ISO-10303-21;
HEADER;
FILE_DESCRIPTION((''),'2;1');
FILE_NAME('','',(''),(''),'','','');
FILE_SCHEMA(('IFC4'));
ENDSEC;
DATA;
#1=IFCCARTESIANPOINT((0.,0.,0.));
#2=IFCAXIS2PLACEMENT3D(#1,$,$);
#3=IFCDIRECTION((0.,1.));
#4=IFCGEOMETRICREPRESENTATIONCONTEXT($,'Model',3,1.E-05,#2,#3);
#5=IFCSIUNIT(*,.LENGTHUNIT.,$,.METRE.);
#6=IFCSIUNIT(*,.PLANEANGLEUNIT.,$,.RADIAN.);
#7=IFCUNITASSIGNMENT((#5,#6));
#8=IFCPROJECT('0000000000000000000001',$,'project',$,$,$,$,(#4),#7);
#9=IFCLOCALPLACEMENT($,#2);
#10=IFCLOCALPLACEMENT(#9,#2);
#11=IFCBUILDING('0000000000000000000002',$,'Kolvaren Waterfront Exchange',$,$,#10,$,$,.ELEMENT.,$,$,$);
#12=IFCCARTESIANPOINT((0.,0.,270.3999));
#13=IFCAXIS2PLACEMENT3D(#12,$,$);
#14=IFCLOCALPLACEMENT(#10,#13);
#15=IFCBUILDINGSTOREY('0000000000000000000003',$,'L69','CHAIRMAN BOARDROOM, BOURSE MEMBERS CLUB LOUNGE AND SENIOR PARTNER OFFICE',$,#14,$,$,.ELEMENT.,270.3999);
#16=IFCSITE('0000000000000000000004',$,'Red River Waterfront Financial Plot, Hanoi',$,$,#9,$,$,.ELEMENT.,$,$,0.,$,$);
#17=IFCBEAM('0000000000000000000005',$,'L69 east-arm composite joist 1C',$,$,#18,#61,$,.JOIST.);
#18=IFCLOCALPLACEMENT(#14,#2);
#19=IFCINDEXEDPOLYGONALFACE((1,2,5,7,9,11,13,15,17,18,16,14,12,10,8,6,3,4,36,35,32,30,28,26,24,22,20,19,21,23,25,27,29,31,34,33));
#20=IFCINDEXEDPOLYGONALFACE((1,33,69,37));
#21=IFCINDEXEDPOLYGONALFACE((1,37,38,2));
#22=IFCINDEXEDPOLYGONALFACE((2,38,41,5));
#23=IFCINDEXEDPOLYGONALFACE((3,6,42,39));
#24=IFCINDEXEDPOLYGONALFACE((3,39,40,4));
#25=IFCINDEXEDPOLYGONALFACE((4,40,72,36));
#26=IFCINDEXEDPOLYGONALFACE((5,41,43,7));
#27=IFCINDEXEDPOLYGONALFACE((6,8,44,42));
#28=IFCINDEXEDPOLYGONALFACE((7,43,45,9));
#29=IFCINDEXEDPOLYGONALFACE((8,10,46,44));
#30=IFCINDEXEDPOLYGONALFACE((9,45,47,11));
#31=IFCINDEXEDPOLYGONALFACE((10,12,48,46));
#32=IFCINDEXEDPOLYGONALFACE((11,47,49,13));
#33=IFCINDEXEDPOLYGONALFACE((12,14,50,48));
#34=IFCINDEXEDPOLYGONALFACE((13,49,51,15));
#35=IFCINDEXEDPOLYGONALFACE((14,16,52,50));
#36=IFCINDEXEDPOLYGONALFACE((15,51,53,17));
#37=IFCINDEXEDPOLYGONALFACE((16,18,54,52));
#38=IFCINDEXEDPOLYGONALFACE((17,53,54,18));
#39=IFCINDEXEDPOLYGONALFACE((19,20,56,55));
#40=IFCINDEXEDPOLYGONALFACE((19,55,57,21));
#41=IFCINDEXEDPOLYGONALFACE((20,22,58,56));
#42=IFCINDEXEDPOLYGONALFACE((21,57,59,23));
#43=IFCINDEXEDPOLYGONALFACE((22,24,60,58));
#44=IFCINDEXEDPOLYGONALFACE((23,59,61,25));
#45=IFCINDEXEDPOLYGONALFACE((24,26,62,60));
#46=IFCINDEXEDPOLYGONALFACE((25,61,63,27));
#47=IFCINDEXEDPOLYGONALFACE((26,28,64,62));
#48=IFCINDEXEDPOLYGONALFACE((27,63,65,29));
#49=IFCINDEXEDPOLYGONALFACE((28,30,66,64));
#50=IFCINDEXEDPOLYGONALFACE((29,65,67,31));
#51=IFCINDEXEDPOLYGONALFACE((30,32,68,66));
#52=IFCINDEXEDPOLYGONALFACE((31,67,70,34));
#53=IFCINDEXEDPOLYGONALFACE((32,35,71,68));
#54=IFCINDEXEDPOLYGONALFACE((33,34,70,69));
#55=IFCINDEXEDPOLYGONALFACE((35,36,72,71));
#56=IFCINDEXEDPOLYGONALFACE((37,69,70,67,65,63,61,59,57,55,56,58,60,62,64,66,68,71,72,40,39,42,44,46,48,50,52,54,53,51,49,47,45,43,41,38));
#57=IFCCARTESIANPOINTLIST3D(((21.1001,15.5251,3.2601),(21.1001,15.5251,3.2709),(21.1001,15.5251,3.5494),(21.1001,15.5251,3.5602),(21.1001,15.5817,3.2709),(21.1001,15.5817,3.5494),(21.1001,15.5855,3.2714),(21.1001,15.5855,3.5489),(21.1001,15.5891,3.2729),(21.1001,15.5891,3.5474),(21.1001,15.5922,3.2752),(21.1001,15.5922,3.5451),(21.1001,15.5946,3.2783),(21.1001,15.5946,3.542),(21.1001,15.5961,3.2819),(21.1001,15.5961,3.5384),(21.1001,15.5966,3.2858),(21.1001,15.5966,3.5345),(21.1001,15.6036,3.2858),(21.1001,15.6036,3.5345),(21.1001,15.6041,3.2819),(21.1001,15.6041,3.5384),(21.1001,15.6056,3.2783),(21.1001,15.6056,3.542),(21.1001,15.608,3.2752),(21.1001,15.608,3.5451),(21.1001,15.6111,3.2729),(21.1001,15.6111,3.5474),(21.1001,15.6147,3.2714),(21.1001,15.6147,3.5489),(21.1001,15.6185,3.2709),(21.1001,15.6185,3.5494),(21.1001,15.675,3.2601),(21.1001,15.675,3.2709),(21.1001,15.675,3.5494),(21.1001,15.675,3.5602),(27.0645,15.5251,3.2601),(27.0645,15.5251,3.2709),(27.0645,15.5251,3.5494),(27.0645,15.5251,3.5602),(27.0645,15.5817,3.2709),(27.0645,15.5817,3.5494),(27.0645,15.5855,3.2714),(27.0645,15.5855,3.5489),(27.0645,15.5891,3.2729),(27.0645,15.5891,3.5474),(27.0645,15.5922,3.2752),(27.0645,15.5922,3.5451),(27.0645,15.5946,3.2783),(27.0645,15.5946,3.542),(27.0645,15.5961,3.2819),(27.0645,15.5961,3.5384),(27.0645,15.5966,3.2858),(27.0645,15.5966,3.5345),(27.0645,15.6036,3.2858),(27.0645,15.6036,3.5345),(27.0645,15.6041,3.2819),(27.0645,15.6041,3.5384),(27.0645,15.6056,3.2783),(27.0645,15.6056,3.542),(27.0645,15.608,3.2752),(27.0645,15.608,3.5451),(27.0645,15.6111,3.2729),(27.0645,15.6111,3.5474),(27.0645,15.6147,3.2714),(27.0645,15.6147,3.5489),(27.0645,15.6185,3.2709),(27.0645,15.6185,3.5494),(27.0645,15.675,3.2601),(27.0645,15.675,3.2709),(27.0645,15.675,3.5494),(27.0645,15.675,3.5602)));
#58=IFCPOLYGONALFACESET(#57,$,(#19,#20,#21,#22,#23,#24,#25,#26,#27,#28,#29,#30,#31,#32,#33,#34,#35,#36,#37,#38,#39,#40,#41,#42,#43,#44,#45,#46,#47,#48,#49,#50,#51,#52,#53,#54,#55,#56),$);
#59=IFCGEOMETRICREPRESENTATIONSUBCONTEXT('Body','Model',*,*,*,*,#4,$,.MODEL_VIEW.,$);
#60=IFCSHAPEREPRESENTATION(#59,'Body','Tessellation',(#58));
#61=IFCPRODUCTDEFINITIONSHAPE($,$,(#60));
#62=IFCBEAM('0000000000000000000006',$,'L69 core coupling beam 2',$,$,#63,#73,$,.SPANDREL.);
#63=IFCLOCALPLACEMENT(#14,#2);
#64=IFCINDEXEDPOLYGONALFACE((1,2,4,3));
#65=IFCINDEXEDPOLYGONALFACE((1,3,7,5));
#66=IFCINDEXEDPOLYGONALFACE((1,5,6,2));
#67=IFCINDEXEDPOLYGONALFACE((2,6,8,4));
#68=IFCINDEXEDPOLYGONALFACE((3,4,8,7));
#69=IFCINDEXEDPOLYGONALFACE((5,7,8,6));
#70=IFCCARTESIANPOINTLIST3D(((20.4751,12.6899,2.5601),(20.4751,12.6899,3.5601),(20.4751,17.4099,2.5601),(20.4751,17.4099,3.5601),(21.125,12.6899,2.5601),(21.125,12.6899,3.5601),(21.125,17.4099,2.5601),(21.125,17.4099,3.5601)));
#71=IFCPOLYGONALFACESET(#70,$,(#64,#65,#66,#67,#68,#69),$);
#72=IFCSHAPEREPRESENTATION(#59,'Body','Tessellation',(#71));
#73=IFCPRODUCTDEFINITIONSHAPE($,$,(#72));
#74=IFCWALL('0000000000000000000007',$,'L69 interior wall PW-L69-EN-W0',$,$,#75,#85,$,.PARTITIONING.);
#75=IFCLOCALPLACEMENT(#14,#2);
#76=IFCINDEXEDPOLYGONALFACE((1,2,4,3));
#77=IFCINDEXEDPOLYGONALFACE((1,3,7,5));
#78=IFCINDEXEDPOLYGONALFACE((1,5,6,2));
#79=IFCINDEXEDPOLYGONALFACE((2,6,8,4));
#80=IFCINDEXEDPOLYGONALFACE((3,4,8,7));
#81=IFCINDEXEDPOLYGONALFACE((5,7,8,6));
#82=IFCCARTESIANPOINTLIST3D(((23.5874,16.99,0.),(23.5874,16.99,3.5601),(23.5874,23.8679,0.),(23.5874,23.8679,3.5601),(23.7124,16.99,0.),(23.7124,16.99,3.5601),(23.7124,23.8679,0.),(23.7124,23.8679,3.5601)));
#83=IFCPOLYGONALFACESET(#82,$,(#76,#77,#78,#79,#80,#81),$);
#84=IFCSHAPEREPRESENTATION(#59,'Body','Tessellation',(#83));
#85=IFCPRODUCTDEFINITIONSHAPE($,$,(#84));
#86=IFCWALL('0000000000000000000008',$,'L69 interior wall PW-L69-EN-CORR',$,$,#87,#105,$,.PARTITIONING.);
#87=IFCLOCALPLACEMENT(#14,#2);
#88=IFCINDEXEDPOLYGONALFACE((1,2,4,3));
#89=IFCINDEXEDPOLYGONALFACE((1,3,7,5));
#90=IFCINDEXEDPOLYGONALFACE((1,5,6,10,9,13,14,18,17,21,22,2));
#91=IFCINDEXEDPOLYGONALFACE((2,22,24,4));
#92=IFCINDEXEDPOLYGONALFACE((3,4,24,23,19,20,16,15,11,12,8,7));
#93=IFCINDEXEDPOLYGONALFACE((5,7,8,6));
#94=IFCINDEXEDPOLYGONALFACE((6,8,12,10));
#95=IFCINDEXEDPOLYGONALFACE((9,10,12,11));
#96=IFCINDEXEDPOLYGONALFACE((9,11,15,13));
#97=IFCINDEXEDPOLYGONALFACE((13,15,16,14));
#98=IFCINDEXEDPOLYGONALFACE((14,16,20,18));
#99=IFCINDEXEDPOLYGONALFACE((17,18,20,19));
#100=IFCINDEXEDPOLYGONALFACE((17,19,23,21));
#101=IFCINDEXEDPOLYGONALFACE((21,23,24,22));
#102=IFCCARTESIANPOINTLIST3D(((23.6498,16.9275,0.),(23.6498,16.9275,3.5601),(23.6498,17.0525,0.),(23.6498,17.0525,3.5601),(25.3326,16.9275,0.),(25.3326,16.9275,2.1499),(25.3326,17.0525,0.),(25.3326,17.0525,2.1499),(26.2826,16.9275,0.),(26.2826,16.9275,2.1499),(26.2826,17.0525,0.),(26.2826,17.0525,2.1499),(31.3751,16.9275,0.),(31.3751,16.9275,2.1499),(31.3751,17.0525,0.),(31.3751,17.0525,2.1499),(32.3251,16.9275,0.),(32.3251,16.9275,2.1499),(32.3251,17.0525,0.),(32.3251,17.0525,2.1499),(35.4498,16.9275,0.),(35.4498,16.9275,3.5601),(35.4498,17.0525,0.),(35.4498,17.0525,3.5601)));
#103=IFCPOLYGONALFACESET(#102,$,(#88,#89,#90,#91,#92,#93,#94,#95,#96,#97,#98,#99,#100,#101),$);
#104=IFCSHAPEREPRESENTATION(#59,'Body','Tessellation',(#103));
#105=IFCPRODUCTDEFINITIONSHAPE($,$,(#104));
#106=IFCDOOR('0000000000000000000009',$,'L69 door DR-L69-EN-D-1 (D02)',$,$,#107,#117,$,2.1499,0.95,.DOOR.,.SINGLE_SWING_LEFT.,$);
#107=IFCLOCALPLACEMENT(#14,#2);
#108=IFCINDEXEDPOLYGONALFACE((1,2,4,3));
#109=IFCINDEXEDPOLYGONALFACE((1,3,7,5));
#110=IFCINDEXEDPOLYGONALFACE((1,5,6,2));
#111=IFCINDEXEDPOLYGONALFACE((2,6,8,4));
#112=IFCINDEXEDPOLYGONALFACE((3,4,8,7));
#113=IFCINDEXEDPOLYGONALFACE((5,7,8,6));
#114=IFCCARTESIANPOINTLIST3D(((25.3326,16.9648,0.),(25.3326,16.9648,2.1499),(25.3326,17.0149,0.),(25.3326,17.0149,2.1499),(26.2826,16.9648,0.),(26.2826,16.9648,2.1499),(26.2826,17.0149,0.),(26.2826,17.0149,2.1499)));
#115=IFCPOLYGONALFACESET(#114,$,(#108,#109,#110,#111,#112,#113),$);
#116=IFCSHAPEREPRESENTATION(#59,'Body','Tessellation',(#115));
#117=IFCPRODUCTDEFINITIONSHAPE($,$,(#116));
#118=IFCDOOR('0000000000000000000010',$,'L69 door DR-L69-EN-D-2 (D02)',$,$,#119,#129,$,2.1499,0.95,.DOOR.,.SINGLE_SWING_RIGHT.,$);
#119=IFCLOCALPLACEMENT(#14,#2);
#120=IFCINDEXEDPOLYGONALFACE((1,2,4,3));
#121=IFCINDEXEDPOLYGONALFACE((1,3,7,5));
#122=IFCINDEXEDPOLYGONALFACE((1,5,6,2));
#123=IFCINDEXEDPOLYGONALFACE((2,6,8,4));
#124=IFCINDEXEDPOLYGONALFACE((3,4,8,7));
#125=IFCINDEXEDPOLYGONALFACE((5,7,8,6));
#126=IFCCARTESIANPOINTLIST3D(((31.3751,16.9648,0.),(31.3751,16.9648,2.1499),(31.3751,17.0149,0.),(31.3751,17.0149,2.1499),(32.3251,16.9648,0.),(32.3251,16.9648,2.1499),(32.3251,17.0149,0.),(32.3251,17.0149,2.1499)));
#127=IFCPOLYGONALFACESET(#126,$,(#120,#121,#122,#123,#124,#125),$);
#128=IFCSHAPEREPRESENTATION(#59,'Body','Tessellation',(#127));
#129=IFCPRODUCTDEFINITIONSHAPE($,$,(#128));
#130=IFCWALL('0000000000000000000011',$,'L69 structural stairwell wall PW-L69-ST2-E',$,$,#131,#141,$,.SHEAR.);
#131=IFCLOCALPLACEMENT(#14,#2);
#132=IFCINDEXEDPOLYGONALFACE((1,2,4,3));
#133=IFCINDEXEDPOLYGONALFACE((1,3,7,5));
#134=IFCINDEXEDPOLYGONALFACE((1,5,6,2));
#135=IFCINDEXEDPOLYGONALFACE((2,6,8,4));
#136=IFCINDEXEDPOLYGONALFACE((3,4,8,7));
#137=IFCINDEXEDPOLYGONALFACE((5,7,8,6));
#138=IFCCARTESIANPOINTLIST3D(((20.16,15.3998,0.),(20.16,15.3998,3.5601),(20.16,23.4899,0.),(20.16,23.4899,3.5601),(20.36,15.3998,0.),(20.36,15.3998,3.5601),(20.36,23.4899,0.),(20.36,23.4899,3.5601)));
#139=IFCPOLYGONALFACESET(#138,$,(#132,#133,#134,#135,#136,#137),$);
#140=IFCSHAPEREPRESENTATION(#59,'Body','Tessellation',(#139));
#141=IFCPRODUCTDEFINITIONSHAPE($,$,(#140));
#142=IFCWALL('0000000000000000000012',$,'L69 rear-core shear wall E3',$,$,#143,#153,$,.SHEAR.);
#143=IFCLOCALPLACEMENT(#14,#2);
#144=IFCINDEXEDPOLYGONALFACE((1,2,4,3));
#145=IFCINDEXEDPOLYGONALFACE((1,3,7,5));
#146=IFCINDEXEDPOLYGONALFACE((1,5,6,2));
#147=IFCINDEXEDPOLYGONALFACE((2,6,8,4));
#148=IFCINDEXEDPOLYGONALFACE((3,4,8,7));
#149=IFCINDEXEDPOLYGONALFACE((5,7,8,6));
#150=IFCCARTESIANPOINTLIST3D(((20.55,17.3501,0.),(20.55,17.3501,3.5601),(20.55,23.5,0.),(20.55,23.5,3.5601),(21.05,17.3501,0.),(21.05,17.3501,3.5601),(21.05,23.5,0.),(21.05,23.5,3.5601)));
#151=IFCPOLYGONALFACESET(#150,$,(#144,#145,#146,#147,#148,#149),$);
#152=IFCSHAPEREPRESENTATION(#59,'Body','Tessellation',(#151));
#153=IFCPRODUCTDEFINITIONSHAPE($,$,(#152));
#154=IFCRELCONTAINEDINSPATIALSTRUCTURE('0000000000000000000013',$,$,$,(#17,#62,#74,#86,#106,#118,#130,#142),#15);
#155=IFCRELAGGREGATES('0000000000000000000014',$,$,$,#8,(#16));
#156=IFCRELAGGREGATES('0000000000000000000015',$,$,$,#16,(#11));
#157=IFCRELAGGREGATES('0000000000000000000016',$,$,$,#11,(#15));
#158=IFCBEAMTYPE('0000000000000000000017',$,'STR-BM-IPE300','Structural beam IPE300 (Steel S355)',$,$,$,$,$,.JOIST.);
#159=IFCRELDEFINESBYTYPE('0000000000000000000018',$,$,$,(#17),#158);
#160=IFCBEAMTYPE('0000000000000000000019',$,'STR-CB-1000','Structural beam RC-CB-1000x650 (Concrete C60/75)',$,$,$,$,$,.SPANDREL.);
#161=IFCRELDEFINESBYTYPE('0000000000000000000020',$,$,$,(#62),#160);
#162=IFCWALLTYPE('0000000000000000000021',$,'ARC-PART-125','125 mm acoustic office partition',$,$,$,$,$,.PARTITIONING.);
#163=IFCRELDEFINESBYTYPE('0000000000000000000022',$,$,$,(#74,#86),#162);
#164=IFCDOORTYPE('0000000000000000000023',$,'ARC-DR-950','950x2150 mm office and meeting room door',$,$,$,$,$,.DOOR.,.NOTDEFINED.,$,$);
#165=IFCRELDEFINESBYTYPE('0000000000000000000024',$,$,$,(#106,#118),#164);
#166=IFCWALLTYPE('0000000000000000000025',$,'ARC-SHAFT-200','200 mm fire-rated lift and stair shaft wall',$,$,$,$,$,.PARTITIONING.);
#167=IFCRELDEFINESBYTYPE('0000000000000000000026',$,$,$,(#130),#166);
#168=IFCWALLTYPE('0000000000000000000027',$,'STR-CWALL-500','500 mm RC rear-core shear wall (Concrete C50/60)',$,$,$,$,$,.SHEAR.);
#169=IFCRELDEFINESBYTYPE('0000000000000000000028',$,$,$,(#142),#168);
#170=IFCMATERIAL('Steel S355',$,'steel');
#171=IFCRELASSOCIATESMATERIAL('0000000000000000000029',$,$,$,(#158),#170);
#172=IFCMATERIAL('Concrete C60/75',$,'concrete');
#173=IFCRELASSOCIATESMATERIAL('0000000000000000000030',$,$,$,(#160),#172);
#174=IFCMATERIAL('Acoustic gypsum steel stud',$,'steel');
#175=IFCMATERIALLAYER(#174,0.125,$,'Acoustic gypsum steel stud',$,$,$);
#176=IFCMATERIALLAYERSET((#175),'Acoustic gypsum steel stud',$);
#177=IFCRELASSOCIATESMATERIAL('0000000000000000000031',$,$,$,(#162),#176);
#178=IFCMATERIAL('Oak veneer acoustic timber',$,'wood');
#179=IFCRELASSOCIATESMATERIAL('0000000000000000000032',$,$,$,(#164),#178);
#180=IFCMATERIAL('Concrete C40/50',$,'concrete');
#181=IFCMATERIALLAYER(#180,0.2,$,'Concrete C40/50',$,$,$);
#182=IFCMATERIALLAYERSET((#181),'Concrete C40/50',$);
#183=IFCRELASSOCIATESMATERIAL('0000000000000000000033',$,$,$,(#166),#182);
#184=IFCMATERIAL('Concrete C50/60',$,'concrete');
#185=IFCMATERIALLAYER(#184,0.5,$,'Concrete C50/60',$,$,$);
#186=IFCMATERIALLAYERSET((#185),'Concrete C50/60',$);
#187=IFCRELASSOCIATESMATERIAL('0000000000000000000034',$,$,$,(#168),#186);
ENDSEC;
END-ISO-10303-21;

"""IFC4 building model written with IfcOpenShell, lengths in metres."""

from ifc_helpers import new_model, si_unit, direction, frame, frame_2d, origin, origin_2d, place, context, subcontext, project, spatial, rectangle, i_section, extrude, material, layer, layer_set, material_profile, profile_set, type_object, element, fill, save


model = new_model("IFC4")

# Units and contexts
model_context = context("Model", 3, precision=1e-05, world=origin(), true_north=direction((0.0, 1.0)))
body_context = subcontext(model_context, "Body", "Model", "MODEL_VIEW")
ifc_project = project(units=[si_unit("LENGTHUNIT", "METRE"), si_unit("PLANEANGLEUNIT", "RADIAN")], contexts=[model_context])

# Site, building, storey
site_placement = place(None, origin())
site = spatial("IfcSite", under=ifc_project, at=site_placement, Name="Red River Waterfront Financial Plot, Hanoi", CompositionType="ELEMENT", RefElevation=0.0)
building_placement = place(site_placement, origin())
building = spatial("IfcBuilding", under=site, at=building_placement, Name="Kolvaren Waterfront Exchange", CompositionType="ELEMENT")
storey_placement = place(building_placement, frame((0.0, 0.0, 270.3999)))
storey = spatial("IfcBuildingStorey", under=building, at=storey_placement, Name="L69", Description="CHAIRMAN BOARDROOM, BOURSE MEMBERS CLUB LOUNGE AND SENIOR PARTNER OFFICE", CompositionType="ELEMENT", Elevation=270.3999)

# Shared definitions
ifc_material_1 = material(Name="Concrete C50/60", Category="concrete")

# Beams
ifc_material_2 = material(Name="Steel S355", Category="steel")
ifc_material_profile_1 = material_profile(ifc_material_2, i_section(OverallWidth=0.1499, OverallDepth=0.3, WebThickness=0.0071, FlangeThickness=0.0107, FilletRadius=0.0149, at=origin_2d()), Name="IPE300")
ifc_profile_set_1 = profile_set([ifc_material_profile_1], Name="Steel S355")
beam_type_1 = type_object("IfcBeamType", Name="STR-BM-IPE300", Description="Structural beam IPE300 (Steel S355)", PredefinedType="JOIST", material=ifc_profile_set_1)
for number, where, z_axis, x_axis, name in (
    (1, (21.1001, 15.6001, 3.4102), (1.0, 0.0, 0.0), (0.0, 1.0, 0.0), "L69 east-arm composite joist 1C"),
):
    element("IfcBeam", number, at=place(storey_placement, frame(where, z_axis=z_axis, x_axis=x_axis)), inside=storey, type_object=beam_type_1, Name=name, PredefinedType="JOIST", context=body_context, shape_type="SweptSolid", body=[
        extrude(i_section(OverallWidth=0.1499, OverallDepth=0.3, WebThickness=0.0071, FlangeThickness=0.0107, FilletRadius=0.0149, at=origin_2d()), origin(), (0.0, 0.0, 1.0), 5.9644),
    ])
ifc_material_3 = material(Name="Concrete C60/75", Category="concrete")
ifc_material_profile_2 = material_profile(ifc_material_3, rectangle(XDim=0.6499, YDim=1.0, at=origin_2d()), Name="RC-CB-1000x650")
ifc_profile_set_2 = profile_set([ifc_material_profile_2], Name="Concrete C60/75")
beam_type_2 = type_object("IfcBeamType", Name="STR-CB-1000", Description="Structural beam RC-CB-1000x650 (Concrete C60/75)", PredefinedType="SPANDREL", material=ifc_profile_set_2)
beam_1_placement = place(storey_placement, frame((20.8, 12.6899, 3.0601), z_axis=(0.0, 1.0, 0.0), x_axis=(-1.0, 0.0, 0.0)))
element("IfcBeam", 2, at=beam_1_placement, inside=storey, type_object=beam_type_2, Name="L69 core coupling beam 2", PredefinedType="SPANDREL", context=body_context, shape_type="SweptSolid", body=[
    extrude(rectangle(XDim=0.6499, YDim=1.0, at=origin_2d()), origin(), (0.0, 0.0, 1.0), 4.72),
])

# Shared definitions
ifc_material_4 = material(Name="Acoustic gypsum steel stud", Category="steel")
ifc_layer_1 = layer(ifc_material_4, 0.125, Name="Acoustic gypsum steel stud")
ifc_layer_set_1 = layer_set([ifc_layer_1], Name="Acoustic gypsum steel stud")
wall_type_1 = type_object("IfcWallType", Name="ARC-PART-125", Description="125 mm acoustic office partition", PredefinedType="PARTITIONING", material=ifc_layer_set_1)
ifc_material_5 = material(Name="Oak veneer acoustic timber", Category="wood")
door_type_1 = type_object("IfcDoorType", Name="ARC-DR-950", Description="950x2150 mm office and meeting room door", OperationType="NOTDEFINED", PredefinedType="DOOR", material=ifc_material_5)

# Wall
wall_1_placement = place(storey_placement, frame((23.6499, 16.99, 0.0), z_axis=(0.0, 0.0, 1.0), x_axis=(0.0, 1.0, 0.0)))
element("IfcWall", 3, at=wall_1_placement, inside=storey, type_object=wall_type_1, Name="L69 interior wall PW-L69-EN-W0", PredefinedType="PARTITIONING", context=body_context, shape_type="SweptSolid", body=[
    extrude(rectangle(XDim=6.8779, YDim=0.125, at=frame_2d((3.439, 0.0))), origin(), (0.0, 0.0, 1.0), 3.5601),
])

# Wall, openings, doors
wall_2_placement = place(storey_placement, frame((23.6499, 16.99, 0.0), z_axis=(0.0, 0.0, 1.0), x_axis=(1.0, 0.0, 0.0)))
wall_2 = element("IfcWall", 4, at=wall_2_placement, inside=storey, type_object=wall_type_1, Name="L69 interior wall PW-L69-EN-CORR", PredefinedType="PARTITIONING", context=body_context, shape_type="SweptSolid", body=[
    extrude(rectangle(XDim=11.8, YDim=0.125, at=frame_2d((5.8999, 0.0))), origin(), (0.0, 0.0, 1.0), 3.5601),
])
opening_1_placement = place(wall_2_placement, frame((1.6826, 0.0, 0.0)))
opening_1 = element("IfcOpeningElement", 5, at=opening_1_placement, cuts=wall_2, PredefinedType="OPENING", context=body_context, shape_type="SweptSolid", body=[
    extrude(rectangle(XDim=0.95, YDim=2.1499, at=frame_2d((0.4751, 1.075))), frame((0.0, 0.0725, 0.0), z_axis=(0.0, -1.0, 0.0), x_axis=(1.0, 0.0, 0.0)), (0.0, 0.0, 1.0), 0.145),
])
opening_2_placement = place(wall_2_placement, frame((7.7251, 0.0, 0.0)))
opening_2 = element("IfcOpeningElement", 6, at=opening_2_placement, cuts=wall_2, PredefinedType="OPENING", context=body_context, shape_type="SweptSolid", body=[
    extrude(rectangle(XDim=0.95, YDim=2.1499, at=frame_2d((0.4751, 1.075))), frame((0.0, 0.0725, 0.0), z_axis=(0.0, -1.0, 0.0), x_axis=(1.0, 0.0, 0.0)), (0.0, 0.0, 1.0), 0.145),
])
door_1_placement = place(opening_1_placement, origin())
door_1 = element("IfcDoor", 7, at=door_1_placement, inside=storey, type_object=door_type_1, Name="L69 door DR-L69-EN-D-1 (D02)", OperationType="SINGLE_SWING_LEFT", OverallHeight=2.1499, OverallWidth=0.95, PredefinedType="DOOR", context=body_context, shape_type="SweptSolid", body=[
    extrude(rectangle(XDim=0.95, YDim=2.1499, at=frame_2d((0.4751, 1.075))), frame((0.0, 0.0249, 0.0), z_axis=(0.0, -1.0, 0.0), x_axis=(1.0, 0.0, 0.0)), (0.0, 0.0, 1.0), 0.05),
])
fill(opening_1, door_1)
door_2_placement = place(opening_2_placement, origin())
door_2 = element("IfcDoor", 8, at=door_2_placement, inside=storey, type_object=door_type_1, Name="L69 door DR-L69-EN-D-2 (D02)", OperationType="SINGLE_SWING_RIGHT", OverallHeight=2.1499, OverallWidth=0.95, PredefinedType="DOOR", context=body_context, shape_type="SweptSolid", body=[
    extrude(rectangle(XDim=0.95, YDim=2.1499, at=frame_2d((0.4751, 1.075))), frame((0.0, 0.0249, 0.0), z_axis=(0.0, -1.0, 0.0), x_axis=(1.0, 0.0, 0.0)), (0.0, 0.0, 1.0), 0.05),
])
fill(opening_2, door_2)

# Walls
ifc_material_6 = material(Name="Concrete C40/50", Category="concrete")
ifc_layer_2 = layer(ifc_material_6, 0.2, Name="Concrete C40/50")
ifc_layer_set_2 = layer_set([ifc_layer_2], Name="Concrete C40/50")
wall_type_2 = type_object("IfcWallType", Name="ARC-SHAFT-200", Description="200 mm fire-rated lift and stair shaft wall", PredefinedType="PARTITIONING", material=ifc_layer_set_2)
wall_3_placement = place(storey_placement, frame((20.26, 15.3999, 0.0), z_axis=(0.0, 0.0, 1.0), x_axis=(0.0, 1.0, 0.0)))
element("IfcWall", 9, at=wall_3_placement, inside=storey, type_object=wall_type_2, Name="L69 structural stairwell wall PW-L69-ST2-E", PredefinedType="SHEAR", context=body_context, shape_type="SweptSolid", body=[
    extrude(rectangle(XDim=8.0901, YDim=0.2, at=frame_2d((4.0449, 0.0))), origin(), (0.0, 0.0, 1.0), 3.5601),
])
ifc_layer_3 = layer(ifc_material_1, 0.5, Name="Concrete C50/60")
ifc_layer_set_3 = layer_set([ifc_layer_3], Name="Concrete C50/60")
wall_type_3 = type_object("IfcWallType", Name="STR-CWALL-500", Description="500 mm RC rear-core shear wall (Concrete C50/60)", PredefinedType="SHEAR", material=ifc_layer_set_3)
wall_4_placement = place(storey_placement, frame((20.8, 17.3501, 0.0), z_axis=(0.0, 0.0, 1.0), x_axis=(0.0, 1.0, 0.0)))
element("IfcWall", 10, at=wall_4_placement, inside=storey, type_object=wall_type_3, Name="L69 rear-core shear wall E3", PredefinedType="SHEAR", context=body_context, shape_type="SweptSolid", body=[
    extrude(rectangle(XDim=6.1499, YDim=0.5, at=frame_2d((3.075, 0.0))), origin(), (0.0, 0.0, 1.0), 3.5601),
])

save(model, "model.ifc")
